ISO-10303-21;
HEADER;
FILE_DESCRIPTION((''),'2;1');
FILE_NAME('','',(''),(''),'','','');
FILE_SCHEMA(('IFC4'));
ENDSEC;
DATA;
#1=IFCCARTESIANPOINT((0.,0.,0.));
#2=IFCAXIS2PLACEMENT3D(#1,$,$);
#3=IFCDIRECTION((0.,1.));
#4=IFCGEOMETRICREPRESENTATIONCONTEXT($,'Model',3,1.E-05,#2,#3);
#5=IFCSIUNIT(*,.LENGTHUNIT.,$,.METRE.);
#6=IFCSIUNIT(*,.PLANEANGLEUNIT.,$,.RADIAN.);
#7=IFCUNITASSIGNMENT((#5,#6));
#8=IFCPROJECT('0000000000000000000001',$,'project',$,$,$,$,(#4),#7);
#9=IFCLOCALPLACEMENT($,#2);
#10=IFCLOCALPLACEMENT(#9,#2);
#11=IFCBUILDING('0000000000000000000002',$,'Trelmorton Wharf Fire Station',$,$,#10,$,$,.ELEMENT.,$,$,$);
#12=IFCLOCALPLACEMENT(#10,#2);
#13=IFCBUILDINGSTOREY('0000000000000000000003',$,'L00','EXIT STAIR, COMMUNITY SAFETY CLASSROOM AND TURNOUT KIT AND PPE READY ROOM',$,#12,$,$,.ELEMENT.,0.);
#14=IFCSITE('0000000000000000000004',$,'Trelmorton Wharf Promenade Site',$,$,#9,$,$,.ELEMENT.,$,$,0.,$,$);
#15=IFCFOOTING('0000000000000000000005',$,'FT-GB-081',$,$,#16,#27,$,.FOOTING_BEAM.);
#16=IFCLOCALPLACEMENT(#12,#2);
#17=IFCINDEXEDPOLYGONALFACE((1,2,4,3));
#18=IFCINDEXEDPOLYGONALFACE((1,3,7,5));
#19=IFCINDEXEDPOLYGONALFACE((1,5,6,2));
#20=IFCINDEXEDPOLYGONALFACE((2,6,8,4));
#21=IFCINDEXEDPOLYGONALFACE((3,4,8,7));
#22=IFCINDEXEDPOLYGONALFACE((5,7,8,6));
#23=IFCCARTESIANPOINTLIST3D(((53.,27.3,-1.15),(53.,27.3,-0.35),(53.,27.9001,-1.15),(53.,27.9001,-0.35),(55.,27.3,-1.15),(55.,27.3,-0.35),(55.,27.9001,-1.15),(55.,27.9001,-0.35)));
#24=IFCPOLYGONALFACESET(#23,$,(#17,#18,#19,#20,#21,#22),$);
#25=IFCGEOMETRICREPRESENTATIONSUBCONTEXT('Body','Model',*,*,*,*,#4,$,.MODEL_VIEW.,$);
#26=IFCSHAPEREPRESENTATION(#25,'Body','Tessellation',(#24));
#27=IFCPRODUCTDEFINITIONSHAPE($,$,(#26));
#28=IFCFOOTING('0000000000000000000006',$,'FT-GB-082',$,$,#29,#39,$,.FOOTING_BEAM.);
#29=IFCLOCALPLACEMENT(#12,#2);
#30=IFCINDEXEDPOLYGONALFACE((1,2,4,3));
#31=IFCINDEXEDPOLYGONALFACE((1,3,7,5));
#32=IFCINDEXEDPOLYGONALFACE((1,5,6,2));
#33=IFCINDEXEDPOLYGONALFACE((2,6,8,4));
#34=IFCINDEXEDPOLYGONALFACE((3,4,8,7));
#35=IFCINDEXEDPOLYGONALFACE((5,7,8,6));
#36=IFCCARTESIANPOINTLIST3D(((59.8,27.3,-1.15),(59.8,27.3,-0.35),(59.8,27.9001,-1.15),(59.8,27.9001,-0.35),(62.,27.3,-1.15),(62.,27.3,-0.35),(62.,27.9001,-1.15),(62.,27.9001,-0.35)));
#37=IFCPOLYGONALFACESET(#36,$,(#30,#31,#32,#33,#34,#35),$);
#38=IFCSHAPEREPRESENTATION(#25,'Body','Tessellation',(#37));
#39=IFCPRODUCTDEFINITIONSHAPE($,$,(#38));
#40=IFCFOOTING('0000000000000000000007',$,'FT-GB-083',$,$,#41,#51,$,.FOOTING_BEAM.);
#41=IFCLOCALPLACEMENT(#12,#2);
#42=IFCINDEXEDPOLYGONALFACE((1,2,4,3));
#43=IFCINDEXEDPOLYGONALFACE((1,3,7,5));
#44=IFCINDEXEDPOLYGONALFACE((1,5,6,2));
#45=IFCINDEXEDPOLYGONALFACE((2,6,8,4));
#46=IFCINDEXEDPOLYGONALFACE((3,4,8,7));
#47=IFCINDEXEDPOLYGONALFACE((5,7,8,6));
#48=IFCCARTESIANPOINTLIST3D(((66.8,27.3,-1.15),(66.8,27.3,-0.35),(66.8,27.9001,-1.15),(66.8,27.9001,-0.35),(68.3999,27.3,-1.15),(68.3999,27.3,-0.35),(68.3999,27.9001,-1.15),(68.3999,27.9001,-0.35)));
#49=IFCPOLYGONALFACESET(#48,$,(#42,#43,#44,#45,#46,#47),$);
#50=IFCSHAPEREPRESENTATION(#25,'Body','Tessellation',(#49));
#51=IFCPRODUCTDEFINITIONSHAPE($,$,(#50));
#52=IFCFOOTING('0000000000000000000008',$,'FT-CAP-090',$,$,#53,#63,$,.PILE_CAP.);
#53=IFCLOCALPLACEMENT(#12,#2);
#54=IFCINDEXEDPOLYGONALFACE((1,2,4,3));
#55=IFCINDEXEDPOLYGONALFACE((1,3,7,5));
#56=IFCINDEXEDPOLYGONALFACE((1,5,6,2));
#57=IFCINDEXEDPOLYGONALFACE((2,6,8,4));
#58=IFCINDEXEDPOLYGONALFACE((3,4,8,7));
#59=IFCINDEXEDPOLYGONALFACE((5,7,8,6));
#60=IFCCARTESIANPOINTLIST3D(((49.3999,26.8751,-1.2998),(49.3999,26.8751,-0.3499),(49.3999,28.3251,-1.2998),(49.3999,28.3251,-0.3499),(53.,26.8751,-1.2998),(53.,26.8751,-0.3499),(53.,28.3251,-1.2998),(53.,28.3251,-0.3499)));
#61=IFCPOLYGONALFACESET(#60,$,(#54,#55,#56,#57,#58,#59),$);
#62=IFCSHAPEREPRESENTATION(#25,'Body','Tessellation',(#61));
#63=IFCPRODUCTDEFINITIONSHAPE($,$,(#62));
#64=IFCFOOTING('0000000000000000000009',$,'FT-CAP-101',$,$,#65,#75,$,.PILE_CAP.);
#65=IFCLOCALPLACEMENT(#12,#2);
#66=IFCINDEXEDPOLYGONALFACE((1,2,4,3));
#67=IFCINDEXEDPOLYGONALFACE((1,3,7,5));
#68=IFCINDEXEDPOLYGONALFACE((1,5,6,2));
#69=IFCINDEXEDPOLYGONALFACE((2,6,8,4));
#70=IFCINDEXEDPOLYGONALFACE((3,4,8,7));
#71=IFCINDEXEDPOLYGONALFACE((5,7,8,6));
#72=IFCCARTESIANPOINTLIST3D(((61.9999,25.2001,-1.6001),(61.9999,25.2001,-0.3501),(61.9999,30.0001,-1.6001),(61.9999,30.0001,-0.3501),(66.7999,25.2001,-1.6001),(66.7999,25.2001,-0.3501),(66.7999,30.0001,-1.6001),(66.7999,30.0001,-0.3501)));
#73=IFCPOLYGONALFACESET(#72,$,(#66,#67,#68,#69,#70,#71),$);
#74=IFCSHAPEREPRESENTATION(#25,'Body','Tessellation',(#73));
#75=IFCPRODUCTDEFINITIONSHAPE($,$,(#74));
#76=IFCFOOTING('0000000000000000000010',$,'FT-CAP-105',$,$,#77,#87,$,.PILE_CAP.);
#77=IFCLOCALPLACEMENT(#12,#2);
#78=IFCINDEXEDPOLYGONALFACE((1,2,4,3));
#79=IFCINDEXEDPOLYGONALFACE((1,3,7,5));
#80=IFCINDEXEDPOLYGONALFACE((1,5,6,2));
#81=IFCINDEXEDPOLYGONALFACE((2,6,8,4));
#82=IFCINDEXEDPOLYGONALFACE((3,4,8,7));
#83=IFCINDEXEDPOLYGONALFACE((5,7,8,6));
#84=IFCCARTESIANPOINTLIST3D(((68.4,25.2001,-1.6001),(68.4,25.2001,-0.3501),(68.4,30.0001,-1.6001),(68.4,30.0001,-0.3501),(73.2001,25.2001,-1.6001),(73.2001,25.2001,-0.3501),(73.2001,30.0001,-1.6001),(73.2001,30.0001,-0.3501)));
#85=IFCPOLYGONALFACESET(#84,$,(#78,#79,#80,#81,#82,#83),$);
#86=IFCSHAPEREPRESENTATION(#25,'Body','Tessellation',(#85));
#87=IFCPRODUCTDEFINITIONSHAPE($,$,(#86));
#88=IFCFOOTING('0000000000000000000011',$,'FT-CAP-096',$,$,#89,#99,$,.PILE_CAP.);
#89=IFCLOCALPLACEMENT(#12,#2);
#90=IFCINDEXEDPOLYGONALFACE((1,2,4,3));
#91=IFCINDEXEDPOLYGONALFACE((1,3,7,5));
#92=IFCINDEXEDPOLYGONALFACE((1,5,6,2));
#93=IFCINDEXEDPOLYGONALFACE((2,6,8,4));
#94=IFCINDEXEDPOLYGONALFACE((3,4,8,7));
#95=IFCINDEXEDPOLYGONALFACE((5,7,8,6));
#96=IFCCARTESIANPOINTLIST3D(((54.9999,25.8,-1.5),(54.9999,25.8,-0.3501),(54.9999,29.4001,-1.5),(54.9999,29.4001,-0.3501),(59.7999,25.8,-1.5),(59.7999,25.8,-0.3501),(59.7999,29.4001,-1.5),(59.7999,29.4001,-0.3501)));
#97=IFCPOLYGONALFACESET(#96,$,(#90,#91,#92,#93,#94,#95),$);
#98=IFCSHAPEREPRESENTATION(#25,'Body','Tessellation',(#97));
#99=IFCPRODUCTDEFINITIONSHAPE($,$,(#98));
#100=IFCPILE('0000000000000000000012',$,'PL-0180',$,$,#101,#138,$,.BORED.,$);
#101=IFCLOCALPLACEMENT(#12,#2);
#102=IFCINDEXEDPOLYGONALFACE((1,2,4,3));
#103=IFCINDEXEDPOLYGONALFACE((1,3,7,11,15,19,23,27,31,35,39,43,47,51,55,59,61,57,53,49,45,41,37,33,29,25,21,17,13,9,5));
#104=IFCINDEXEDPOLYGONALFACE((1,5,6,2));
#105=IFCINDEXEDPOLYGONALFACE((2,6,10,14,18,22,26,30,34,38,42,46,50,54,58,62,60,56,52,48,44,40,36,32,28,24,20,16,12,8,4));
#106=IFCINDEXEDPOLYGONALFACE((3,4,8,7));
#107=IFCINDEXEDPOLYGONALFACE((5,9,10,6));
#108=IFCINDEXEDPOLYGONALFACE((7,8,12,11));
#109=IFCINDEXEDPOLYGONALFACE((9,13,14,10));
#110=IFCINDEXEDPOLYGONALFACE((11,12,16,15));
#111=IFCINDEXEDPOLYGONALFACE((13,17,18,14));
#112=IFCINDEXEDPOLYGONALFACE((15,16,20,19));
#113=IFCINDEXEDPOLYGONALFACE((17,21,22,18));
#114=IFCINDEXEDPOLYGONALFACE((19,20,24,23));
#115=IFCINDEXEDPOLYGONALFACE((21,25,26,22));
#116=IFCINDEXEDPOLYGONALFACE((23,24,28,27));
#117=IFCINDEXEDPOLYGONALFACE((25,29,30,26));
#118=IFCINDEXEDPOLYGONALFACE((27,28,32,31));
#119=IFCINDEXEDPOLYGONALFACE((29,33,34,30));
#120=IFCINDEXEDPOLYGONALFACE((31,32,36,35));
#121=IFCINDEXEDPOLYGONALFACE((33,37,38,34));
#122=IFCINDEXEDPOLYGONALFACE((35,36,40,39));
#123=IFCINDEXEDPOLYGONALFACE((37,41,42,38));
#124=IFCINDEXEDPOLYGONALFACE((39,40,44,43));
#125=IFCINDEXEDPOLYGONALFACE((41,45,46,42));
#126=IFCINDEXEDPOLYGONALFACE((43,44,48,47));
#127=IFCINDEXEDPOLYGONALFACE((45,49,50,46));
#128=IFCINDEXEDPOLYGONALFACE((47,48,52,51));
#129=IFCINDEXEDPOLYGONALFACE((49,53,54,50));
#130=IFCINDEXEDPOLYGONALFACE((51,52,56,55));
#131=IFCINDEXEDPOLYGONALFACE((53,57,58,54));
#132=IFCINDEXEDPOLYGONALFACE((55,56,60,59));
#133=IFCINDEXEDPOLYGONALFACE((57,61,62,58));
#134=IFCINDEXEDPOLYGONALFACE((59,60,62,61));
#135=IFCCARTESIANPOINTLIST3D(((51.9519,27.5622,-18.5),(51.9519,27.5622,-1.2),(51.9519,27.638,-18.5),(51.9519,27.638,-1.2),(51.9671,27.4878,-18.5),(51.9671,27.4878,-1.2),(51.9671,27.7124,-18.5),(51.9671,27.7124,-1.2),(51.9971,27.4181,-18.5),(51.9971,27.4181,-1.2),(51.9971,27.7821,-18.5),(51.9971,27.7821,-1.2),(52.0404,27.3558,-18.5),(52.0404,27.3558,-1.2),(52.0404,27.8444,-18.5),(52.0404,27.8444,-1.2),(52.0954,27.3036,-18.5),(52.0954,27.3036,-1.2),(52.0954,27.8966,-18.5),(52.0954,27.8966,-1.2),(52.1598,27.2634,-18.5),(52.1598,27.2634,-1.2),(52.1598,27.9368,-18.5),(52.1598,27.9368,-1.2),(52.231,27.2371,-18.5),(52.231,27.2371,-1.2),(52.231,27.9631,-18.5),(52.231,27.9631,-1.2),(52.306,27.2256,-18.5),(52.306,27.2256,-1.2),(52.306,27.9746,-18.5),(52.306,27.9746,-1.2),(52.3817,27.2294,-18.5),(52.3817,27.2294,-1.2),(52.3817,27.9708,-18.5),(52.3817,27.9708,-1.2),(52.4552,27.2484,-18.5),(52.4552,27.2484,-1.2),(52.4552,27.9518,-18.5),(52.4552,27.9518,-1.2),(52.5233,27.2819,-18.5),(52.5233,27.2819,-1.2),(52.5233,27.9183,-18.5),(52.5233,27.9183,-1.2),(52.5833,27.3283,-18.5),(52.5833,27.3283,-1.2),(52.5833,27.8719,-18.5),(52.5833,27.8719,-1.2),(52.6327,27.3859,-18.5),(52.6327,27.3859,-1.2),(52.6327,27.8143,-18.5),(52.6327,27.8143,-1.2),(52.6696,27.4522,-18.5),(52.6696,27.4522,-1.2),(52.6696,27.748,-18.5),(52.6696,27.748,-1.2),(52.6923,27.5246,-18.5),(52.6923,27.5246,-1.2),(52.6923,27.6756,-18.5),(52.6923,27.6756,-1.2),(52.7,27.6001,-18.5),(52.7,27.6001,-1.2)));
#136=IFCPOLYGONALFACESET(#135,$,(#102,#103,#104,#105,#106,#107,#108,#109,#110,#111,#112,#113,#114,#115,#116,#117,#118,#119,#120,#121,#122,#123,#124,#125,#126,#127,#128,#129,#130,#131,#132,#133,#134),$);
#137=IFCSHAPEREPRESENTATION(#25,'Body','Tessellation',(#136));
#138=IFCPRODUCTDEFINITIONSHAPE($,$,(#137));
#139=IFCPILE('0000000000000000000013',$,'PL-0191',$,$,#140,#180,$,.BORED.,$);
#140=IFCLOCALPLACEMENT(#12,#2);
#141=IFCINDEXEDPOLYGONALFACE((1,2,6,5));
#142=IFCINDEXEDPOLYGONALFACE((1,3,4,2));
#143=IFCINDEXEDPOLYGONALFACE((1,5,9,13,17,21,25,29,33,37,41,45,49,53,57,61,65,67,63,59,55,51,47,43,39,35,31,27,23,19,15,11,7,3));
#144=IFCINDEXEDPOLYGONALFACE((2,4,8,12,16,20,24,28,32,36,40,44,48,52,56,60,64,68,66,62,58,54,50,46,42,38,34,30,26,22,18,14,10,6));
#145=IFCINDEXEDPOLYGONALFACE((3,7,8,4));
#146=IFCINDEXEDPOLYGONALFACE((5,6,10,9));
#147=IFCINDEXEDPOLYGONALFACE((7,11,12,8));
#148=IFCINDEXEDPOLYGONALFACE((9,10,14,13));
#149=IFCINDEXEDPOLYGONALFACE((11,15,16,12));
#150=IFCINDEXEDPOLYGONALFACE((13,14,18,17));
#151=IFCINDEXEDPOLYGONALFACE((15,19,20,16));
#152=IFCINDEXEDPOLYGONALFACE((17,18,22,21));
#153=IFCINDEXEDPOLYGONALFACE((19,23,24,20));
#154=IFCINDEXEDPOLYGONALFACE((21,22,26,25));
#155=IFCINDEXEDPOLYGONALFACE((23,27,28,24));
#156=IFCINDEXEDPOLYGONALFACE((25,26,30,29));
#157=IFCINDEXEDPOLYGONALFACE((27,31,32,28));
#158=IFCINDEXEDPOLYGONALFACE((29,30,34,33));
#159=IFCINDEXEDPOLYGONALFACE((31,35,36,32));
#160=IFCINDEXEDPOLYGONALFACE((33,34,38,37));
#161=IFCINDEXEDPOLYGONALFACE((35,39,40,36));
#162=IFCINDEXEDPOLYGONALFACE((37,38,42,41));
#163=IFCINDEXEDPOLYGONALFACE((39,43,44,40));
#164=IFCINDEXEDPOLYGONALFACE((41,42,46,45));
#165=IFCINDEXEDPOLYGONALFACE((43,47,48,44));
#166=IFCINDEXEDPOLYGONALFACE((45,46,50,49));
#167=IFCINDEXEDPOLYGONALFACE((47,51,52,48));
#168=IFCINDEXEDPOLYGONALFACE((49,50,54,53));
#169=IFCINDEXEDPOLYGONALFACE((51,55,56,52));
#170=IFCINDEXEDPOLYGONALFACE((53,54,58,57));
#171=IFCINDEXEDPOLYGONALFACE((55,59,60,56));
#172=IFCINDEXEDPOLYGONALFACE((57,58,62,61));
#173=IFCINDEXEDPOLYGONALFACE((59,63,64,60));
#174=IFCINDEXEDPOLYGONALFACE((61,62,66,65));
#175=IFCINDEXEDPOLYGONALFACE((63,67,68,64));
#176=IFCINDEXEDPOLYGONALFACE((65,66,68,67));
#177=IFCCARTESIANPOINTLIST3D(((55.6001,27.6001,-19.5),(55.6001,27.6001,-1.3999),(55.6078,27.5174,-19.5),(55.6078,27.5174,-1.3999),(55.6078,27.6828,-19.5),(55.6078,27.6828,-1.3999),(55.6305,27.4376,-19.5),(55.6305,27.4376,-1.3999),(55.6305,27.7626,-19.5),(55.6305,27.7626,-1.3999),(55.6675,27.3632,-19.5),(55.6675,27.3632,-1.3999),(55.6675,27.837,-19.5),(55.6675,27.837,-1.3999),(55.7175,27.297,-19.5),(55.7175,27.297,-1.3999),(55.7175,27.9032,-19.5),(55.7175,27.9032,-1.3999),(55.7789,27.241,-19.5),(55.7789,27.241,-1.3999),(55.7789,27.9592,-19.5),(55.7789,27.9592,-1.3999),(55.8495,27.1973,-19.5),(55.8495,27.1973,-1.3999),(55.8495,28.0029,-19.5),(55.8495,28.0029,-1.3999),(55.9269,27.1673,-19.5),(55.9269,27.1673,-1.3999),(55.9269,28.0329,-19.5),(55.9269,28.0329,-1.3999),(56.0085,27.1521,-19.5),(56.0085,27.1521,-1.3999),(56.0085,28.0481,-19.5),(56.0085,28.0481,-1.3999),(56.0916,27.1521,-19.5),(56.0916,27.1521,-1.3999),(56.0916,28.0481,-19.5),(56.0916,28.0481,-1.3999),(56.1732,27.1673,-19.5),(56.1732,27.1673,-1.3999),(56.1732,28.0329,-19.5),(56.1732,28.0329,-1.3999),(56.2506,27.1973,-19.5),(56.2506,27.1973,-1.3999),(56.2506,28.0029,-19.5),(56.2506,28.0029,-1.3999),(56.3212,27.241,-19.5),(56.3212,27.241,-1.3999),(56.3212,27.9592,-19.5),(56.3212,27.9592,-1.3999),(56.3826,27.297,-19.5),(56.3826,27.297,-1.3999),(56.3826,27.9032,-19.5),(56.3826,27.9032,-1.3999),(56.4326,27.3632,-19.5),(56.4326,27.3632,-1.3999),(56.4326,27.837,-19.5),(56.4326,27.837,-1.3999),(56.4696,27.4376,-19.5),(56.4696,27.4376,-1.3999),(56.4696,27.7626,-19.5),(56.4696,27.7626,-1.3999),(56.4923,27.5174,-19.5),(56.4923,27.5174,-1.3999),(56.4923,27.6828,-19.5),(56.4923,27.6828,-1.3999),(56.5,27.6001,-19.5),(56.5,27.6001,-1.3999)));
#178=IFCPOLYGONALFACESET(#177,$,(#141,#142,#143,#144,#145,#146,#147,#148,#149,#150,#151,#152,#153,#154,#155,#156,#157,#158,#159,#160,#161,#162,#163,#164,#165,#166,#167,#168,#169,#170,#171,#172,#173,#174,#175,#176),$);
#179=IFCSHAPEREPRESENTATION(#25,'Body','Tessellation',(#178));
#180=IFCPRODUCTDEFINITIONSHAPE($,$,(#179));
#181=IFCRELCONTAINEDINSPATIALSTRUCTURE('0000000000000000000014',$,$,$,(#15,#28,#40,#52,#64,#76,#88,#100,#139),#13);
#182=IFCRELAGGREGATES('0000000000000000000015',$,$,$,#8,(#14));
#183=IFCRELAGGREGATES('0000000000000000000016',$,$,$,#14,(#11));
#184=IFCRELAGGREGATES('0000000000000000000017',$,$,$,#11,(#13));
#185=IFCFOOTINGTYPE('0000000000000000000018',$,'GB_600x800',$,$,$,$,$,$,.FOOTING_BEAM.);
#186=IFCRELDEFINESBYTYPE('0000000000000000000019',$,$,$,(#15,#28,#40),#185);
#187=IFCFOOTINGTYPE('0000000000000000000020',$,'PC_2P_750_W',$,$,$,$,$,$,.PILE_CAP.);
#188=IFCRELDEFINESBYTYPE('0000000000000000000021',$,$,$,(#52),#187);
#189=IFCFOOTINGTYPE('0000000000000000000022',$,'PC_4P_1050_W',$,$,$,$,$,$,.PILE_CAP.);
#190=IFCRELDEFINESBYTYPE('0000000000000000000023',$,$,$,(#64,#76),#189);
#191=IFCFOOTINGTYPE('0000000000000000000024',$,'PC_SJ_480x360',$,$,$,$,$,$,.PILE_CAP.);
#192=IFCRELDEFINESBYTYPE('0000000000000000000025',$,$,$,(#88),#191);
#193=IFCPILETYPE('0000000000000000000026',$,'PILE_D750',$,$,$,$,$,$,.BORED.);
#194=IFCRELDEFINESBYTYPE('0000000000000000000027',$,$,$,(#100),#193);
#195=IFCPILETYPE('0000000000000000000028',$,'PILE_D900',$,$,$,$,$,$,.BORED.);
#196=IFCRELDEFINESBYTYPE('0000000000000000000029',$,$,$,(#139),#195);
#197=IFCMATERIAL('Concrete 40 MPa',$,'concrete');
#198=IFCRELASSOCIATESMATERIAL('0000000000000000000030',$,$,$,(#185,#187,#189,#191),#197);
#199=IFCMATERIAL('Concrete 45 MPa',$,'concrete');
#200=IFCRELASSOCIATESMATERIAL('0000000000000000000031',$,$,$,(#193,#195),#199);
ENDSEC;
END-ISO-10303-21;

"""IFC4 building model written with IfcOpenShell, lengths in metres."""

from ifc_helpers import new_model, si_unit, direction, frame, origin, origin_2d, place, context, subcontext, project, spatial, rectangle, circle, extrude, material, material_profile, profile_set, type_object, element, save


model = new_model("IFC4")

# Units and contexts
model_context = context("Model", 3, precision=1e-05, world=origin(), true_north=direction((0.0, 1.0)))
body_context = subcontext(model_context, "Body", "Model", "MODEL_VIEW")
ifc_project = project(units=[si_unit("LENGTHUNIT", "METRE"), si_unit("PLANEANGLEUNIT", "RADIAN")], contexts=[model_context])

# Site, building, storey
site_placement = place(None, origin())
site = spatial("IfcSite", under=ifc_project, at=site_placement, Name="Trelmorton Wharf Promenade Site", CompositionType="ELEMENT", RefElevation=0.0)
building_placement = place(site_placement, origin())
building = spatial("IfcBuilding", under=site, at=building_placement, Name="Trelmorton Wharf Fire Station", CompositionType="ELEMENT")
storey_placement = place(building_placement, origin())
storey = spatial("IfcBuildingStorey", under=building, at=storey_placement, Name="L00", Description="EXIT STAIR, COMMUNITY SAFETY CLASSROOM AND TURNOUT KIT AND PPE READY ROOM", CompositionType="ELEMENT", Elevation=0.0)

# Footings
ifc_material_1 = material(Name="Concrete 40 MPa", Category="concrete")
ifc_material_profile_1 = material_profile(ifc_material_1, rectangle(XDim=0.6001, YDim=0.8, at=origin_2d()), Name="RC600x800")
ifc_profile_set_1 = profile_set([ifc_material_profile_1], Name="Concrete 40 MPa")
footing_type_1 = type_object("IfcFootingType", Name="GB_600x800", PredefinedType="FOOTING_BEAM", material=ifc_profile_set_1)
footing_1_placement = place(storey_placement, frame((53.0, 27.6001, -0.75), z_axis=(1.0, 0.0, 0.0), x_axis=(0.0, 1.0, 0.0)))
element("IfcFooting", 1, at=footing_1_placement, inside=storey, type_object=footing_type_1, Name="FT-GB-081", PredefinedType="FOOTING_BEAM", context=body_context, shape_type="SweptSolid", body=[
    extrude(rectangle(XDim=0.6001, YDim=0.8, at=origin_2d()), origin(), (0.0, 0.0, 1.0), 2.0),
])
footing_2_placement = place(storey_placement, frame((59.8, 27.6001, -0.75), z_axis=(1.0, 0.0, 0.0), x_axis=(0.0, 1.0, 0.0)))
element("IfcFooting", 2, at=footing_2_placement, inside=storey, type_object=footing_type_1, Name="FT-GB-082", PredefinedType="FOOTING_BEAM", context=body_context, shape_type="SweptSolid", body=[
    extrude(rectangle(XDim=0.6001, YDim=0.8, at=origin_2d()), origin(), (0.0, 0.0, 1.0), 2.2),
])
footing_3_placement = place(storey_placement, frame((66.8, 27.6001, -0.75), z_axis=(1.0, 0.0, 0.0), x_axis=(0.0, 1.0, 0.0)))
element("IfcFooting", 3, at=footing_3_placement, inside=storey, type_object=footing_type_1, Name="FT-GB-083", PredefinedType="FOOTING_BEAM", context=body_context, shape_type="SweptSolid", body=[
    extrude(rectangle(XDim=0.6001, YDim=0.8, at=origin_2d()), origin(), (0.0, 0.0, 1.0), 1.5999),
])
footing_type_2 = type_object("IfcFootingType", Name="PC_2P_750_W", PredefinedType="PILE_CAP", material=ifc_material_1)
footing_4_placement = place(storey_placement, frame((51.2, 27.6001, -1.2998), z_axis=(0.0, 0.0, 1.0), x_axis=(1.0, 0.0, 0.0)))
element("IfcFooting", 4, at=footing_4_placement, inside=storey, type_object=footing_type_2, Name="FT-CAP-090", PredefinedType="PILE_CAP", context=body_context, shape_type="SweptSolid", body=[
    extrude(rectangle(XDim=3.6001, YDim=1.45, at=origin_2d()), origin(), (0.0, 0.0, 1.0), 0.95),
])
footing_type_3 = type_object("IfcFootingType", Name="PC_4P_1050_W", PredefinedType="PILE_CAP", material=ifc_material_1)
for number, where, z_axis, x_axis, name in (
    (5, (64.3999, 27.6001, -1.6001), (0.0, 0.0, 1.0), (1.0, 0.0, 0.0), "FT-CAP-101"),
    (6, (70.8, 27.6001, -1.6001), (0.0, 0.0, 1.0), (1.0, 0.0, 0.0), "FT-CAP-105"),
):
    element("IfcFooting", number, at=place(storey_placement, frame(where, z_axis=z_axis, x_axis=x_axis)), inside=storey, type_object=footing_type_3, Name=name, PredefinedType="PILE_CAP", context=body_context, shape_type="SweptSolid", body=[
        extrude(rectangle(XDim=4.8, YDim=4.8, at=origin_2d()), origin(), (0.0, 0.0, 1.0), 1.25),
    ])
footing_type_4 = type_object("IfcFootingType", Name="PC_SJ_480x360", PredefinedType="PILE_CAP", material=ifc_material_1)
footing_5_placement = place(storey_placement, frame((57.3999, 27.6001, -1.5), z_axis=(0.0, 0.0, 1.0), x_axis=(1.0, 0.0, 0.0)))
element("IfcFooting", 7, at=footing_5_placement, inside=storey, type_object=footing_type_4, Name="FT-CAP-096", PredefinedType="PILE_CAP", context=body_context, shape_type="SweptSolid", body=[
    extrude(rectangle(XDim=4.8, YDim=3.6001, at=origin_2d()), origin(), (0.0, 0.0, 1.0), 1.1499),
])

# Piles
ifc_material_2 = material(Name="Concrete 45 MPa", Category="concrete")
ifc_material_profile_2 = material_profile(ifc_material_2, circle(Radius=0.375, at=origin_2d()), Name="PILE-D750")
ifc_profile_set_2 = profile_set([ifc_material_profile_2], Name="Concrete 45 MPa")
pile_type_1 = type_object("IfcPileType", Name="PILE_D750", PredefinedType="BORED", material=ifc_profile_set_2)
pile_placement = place(storey_placement, frame((52.325, 27.6001, -1.2), z_axis=(0.0, 0.0, -1.0), x_axis=(1.0, 0.0, 0.0)))
element("IfcPile", 8, at=pile_placement, inside=storey, type_object=pile_type_1, Name="PL-0180", PredefinedType="BORED", context=body_context, shape_type="SweptSolid", body=[
    extrude(circle(Radius=0.375, at=origin_2d()), origin(), (0.0, 0.0, 1.0), 17.3),
])
ifc_material_profile_3 = material_profile(ifc_material_2, circle(Radius=0.45, at=origin_2d()), Name="PILE-D900")
ifc_profile_set_3 = profile_set([ifc_material_profile_3], Name="Concrete 45 MPa")
pile_type_2 = type_object("IfcPileType", Name="PILE_D900", PredefinedType="BORED", material=ifc_profile_set_3)
for number, where, z_axis, x_axis, name in (
    (9, (56.05, 27.6001, -1.3999), (0.0, 0.0, -1.0), (1.0, 0.0, 0.0), "PL-0191"),
):
    element("IfcPile", number, at=place(storey_placement, frame(where, z_axis=z_axis, x_axis=x_axis)), inside=storey, type_object=pile_type_2, Name=name, PredefinedType="BORED", context=body_context, shape_type="SweptSolid", body=[
        extrude(circle(Radius=0.45, at=origin_2d()), origin(), (0.0, 0.0, 1.0), 18.1001),
    ])

save(model, "model.ifc")
